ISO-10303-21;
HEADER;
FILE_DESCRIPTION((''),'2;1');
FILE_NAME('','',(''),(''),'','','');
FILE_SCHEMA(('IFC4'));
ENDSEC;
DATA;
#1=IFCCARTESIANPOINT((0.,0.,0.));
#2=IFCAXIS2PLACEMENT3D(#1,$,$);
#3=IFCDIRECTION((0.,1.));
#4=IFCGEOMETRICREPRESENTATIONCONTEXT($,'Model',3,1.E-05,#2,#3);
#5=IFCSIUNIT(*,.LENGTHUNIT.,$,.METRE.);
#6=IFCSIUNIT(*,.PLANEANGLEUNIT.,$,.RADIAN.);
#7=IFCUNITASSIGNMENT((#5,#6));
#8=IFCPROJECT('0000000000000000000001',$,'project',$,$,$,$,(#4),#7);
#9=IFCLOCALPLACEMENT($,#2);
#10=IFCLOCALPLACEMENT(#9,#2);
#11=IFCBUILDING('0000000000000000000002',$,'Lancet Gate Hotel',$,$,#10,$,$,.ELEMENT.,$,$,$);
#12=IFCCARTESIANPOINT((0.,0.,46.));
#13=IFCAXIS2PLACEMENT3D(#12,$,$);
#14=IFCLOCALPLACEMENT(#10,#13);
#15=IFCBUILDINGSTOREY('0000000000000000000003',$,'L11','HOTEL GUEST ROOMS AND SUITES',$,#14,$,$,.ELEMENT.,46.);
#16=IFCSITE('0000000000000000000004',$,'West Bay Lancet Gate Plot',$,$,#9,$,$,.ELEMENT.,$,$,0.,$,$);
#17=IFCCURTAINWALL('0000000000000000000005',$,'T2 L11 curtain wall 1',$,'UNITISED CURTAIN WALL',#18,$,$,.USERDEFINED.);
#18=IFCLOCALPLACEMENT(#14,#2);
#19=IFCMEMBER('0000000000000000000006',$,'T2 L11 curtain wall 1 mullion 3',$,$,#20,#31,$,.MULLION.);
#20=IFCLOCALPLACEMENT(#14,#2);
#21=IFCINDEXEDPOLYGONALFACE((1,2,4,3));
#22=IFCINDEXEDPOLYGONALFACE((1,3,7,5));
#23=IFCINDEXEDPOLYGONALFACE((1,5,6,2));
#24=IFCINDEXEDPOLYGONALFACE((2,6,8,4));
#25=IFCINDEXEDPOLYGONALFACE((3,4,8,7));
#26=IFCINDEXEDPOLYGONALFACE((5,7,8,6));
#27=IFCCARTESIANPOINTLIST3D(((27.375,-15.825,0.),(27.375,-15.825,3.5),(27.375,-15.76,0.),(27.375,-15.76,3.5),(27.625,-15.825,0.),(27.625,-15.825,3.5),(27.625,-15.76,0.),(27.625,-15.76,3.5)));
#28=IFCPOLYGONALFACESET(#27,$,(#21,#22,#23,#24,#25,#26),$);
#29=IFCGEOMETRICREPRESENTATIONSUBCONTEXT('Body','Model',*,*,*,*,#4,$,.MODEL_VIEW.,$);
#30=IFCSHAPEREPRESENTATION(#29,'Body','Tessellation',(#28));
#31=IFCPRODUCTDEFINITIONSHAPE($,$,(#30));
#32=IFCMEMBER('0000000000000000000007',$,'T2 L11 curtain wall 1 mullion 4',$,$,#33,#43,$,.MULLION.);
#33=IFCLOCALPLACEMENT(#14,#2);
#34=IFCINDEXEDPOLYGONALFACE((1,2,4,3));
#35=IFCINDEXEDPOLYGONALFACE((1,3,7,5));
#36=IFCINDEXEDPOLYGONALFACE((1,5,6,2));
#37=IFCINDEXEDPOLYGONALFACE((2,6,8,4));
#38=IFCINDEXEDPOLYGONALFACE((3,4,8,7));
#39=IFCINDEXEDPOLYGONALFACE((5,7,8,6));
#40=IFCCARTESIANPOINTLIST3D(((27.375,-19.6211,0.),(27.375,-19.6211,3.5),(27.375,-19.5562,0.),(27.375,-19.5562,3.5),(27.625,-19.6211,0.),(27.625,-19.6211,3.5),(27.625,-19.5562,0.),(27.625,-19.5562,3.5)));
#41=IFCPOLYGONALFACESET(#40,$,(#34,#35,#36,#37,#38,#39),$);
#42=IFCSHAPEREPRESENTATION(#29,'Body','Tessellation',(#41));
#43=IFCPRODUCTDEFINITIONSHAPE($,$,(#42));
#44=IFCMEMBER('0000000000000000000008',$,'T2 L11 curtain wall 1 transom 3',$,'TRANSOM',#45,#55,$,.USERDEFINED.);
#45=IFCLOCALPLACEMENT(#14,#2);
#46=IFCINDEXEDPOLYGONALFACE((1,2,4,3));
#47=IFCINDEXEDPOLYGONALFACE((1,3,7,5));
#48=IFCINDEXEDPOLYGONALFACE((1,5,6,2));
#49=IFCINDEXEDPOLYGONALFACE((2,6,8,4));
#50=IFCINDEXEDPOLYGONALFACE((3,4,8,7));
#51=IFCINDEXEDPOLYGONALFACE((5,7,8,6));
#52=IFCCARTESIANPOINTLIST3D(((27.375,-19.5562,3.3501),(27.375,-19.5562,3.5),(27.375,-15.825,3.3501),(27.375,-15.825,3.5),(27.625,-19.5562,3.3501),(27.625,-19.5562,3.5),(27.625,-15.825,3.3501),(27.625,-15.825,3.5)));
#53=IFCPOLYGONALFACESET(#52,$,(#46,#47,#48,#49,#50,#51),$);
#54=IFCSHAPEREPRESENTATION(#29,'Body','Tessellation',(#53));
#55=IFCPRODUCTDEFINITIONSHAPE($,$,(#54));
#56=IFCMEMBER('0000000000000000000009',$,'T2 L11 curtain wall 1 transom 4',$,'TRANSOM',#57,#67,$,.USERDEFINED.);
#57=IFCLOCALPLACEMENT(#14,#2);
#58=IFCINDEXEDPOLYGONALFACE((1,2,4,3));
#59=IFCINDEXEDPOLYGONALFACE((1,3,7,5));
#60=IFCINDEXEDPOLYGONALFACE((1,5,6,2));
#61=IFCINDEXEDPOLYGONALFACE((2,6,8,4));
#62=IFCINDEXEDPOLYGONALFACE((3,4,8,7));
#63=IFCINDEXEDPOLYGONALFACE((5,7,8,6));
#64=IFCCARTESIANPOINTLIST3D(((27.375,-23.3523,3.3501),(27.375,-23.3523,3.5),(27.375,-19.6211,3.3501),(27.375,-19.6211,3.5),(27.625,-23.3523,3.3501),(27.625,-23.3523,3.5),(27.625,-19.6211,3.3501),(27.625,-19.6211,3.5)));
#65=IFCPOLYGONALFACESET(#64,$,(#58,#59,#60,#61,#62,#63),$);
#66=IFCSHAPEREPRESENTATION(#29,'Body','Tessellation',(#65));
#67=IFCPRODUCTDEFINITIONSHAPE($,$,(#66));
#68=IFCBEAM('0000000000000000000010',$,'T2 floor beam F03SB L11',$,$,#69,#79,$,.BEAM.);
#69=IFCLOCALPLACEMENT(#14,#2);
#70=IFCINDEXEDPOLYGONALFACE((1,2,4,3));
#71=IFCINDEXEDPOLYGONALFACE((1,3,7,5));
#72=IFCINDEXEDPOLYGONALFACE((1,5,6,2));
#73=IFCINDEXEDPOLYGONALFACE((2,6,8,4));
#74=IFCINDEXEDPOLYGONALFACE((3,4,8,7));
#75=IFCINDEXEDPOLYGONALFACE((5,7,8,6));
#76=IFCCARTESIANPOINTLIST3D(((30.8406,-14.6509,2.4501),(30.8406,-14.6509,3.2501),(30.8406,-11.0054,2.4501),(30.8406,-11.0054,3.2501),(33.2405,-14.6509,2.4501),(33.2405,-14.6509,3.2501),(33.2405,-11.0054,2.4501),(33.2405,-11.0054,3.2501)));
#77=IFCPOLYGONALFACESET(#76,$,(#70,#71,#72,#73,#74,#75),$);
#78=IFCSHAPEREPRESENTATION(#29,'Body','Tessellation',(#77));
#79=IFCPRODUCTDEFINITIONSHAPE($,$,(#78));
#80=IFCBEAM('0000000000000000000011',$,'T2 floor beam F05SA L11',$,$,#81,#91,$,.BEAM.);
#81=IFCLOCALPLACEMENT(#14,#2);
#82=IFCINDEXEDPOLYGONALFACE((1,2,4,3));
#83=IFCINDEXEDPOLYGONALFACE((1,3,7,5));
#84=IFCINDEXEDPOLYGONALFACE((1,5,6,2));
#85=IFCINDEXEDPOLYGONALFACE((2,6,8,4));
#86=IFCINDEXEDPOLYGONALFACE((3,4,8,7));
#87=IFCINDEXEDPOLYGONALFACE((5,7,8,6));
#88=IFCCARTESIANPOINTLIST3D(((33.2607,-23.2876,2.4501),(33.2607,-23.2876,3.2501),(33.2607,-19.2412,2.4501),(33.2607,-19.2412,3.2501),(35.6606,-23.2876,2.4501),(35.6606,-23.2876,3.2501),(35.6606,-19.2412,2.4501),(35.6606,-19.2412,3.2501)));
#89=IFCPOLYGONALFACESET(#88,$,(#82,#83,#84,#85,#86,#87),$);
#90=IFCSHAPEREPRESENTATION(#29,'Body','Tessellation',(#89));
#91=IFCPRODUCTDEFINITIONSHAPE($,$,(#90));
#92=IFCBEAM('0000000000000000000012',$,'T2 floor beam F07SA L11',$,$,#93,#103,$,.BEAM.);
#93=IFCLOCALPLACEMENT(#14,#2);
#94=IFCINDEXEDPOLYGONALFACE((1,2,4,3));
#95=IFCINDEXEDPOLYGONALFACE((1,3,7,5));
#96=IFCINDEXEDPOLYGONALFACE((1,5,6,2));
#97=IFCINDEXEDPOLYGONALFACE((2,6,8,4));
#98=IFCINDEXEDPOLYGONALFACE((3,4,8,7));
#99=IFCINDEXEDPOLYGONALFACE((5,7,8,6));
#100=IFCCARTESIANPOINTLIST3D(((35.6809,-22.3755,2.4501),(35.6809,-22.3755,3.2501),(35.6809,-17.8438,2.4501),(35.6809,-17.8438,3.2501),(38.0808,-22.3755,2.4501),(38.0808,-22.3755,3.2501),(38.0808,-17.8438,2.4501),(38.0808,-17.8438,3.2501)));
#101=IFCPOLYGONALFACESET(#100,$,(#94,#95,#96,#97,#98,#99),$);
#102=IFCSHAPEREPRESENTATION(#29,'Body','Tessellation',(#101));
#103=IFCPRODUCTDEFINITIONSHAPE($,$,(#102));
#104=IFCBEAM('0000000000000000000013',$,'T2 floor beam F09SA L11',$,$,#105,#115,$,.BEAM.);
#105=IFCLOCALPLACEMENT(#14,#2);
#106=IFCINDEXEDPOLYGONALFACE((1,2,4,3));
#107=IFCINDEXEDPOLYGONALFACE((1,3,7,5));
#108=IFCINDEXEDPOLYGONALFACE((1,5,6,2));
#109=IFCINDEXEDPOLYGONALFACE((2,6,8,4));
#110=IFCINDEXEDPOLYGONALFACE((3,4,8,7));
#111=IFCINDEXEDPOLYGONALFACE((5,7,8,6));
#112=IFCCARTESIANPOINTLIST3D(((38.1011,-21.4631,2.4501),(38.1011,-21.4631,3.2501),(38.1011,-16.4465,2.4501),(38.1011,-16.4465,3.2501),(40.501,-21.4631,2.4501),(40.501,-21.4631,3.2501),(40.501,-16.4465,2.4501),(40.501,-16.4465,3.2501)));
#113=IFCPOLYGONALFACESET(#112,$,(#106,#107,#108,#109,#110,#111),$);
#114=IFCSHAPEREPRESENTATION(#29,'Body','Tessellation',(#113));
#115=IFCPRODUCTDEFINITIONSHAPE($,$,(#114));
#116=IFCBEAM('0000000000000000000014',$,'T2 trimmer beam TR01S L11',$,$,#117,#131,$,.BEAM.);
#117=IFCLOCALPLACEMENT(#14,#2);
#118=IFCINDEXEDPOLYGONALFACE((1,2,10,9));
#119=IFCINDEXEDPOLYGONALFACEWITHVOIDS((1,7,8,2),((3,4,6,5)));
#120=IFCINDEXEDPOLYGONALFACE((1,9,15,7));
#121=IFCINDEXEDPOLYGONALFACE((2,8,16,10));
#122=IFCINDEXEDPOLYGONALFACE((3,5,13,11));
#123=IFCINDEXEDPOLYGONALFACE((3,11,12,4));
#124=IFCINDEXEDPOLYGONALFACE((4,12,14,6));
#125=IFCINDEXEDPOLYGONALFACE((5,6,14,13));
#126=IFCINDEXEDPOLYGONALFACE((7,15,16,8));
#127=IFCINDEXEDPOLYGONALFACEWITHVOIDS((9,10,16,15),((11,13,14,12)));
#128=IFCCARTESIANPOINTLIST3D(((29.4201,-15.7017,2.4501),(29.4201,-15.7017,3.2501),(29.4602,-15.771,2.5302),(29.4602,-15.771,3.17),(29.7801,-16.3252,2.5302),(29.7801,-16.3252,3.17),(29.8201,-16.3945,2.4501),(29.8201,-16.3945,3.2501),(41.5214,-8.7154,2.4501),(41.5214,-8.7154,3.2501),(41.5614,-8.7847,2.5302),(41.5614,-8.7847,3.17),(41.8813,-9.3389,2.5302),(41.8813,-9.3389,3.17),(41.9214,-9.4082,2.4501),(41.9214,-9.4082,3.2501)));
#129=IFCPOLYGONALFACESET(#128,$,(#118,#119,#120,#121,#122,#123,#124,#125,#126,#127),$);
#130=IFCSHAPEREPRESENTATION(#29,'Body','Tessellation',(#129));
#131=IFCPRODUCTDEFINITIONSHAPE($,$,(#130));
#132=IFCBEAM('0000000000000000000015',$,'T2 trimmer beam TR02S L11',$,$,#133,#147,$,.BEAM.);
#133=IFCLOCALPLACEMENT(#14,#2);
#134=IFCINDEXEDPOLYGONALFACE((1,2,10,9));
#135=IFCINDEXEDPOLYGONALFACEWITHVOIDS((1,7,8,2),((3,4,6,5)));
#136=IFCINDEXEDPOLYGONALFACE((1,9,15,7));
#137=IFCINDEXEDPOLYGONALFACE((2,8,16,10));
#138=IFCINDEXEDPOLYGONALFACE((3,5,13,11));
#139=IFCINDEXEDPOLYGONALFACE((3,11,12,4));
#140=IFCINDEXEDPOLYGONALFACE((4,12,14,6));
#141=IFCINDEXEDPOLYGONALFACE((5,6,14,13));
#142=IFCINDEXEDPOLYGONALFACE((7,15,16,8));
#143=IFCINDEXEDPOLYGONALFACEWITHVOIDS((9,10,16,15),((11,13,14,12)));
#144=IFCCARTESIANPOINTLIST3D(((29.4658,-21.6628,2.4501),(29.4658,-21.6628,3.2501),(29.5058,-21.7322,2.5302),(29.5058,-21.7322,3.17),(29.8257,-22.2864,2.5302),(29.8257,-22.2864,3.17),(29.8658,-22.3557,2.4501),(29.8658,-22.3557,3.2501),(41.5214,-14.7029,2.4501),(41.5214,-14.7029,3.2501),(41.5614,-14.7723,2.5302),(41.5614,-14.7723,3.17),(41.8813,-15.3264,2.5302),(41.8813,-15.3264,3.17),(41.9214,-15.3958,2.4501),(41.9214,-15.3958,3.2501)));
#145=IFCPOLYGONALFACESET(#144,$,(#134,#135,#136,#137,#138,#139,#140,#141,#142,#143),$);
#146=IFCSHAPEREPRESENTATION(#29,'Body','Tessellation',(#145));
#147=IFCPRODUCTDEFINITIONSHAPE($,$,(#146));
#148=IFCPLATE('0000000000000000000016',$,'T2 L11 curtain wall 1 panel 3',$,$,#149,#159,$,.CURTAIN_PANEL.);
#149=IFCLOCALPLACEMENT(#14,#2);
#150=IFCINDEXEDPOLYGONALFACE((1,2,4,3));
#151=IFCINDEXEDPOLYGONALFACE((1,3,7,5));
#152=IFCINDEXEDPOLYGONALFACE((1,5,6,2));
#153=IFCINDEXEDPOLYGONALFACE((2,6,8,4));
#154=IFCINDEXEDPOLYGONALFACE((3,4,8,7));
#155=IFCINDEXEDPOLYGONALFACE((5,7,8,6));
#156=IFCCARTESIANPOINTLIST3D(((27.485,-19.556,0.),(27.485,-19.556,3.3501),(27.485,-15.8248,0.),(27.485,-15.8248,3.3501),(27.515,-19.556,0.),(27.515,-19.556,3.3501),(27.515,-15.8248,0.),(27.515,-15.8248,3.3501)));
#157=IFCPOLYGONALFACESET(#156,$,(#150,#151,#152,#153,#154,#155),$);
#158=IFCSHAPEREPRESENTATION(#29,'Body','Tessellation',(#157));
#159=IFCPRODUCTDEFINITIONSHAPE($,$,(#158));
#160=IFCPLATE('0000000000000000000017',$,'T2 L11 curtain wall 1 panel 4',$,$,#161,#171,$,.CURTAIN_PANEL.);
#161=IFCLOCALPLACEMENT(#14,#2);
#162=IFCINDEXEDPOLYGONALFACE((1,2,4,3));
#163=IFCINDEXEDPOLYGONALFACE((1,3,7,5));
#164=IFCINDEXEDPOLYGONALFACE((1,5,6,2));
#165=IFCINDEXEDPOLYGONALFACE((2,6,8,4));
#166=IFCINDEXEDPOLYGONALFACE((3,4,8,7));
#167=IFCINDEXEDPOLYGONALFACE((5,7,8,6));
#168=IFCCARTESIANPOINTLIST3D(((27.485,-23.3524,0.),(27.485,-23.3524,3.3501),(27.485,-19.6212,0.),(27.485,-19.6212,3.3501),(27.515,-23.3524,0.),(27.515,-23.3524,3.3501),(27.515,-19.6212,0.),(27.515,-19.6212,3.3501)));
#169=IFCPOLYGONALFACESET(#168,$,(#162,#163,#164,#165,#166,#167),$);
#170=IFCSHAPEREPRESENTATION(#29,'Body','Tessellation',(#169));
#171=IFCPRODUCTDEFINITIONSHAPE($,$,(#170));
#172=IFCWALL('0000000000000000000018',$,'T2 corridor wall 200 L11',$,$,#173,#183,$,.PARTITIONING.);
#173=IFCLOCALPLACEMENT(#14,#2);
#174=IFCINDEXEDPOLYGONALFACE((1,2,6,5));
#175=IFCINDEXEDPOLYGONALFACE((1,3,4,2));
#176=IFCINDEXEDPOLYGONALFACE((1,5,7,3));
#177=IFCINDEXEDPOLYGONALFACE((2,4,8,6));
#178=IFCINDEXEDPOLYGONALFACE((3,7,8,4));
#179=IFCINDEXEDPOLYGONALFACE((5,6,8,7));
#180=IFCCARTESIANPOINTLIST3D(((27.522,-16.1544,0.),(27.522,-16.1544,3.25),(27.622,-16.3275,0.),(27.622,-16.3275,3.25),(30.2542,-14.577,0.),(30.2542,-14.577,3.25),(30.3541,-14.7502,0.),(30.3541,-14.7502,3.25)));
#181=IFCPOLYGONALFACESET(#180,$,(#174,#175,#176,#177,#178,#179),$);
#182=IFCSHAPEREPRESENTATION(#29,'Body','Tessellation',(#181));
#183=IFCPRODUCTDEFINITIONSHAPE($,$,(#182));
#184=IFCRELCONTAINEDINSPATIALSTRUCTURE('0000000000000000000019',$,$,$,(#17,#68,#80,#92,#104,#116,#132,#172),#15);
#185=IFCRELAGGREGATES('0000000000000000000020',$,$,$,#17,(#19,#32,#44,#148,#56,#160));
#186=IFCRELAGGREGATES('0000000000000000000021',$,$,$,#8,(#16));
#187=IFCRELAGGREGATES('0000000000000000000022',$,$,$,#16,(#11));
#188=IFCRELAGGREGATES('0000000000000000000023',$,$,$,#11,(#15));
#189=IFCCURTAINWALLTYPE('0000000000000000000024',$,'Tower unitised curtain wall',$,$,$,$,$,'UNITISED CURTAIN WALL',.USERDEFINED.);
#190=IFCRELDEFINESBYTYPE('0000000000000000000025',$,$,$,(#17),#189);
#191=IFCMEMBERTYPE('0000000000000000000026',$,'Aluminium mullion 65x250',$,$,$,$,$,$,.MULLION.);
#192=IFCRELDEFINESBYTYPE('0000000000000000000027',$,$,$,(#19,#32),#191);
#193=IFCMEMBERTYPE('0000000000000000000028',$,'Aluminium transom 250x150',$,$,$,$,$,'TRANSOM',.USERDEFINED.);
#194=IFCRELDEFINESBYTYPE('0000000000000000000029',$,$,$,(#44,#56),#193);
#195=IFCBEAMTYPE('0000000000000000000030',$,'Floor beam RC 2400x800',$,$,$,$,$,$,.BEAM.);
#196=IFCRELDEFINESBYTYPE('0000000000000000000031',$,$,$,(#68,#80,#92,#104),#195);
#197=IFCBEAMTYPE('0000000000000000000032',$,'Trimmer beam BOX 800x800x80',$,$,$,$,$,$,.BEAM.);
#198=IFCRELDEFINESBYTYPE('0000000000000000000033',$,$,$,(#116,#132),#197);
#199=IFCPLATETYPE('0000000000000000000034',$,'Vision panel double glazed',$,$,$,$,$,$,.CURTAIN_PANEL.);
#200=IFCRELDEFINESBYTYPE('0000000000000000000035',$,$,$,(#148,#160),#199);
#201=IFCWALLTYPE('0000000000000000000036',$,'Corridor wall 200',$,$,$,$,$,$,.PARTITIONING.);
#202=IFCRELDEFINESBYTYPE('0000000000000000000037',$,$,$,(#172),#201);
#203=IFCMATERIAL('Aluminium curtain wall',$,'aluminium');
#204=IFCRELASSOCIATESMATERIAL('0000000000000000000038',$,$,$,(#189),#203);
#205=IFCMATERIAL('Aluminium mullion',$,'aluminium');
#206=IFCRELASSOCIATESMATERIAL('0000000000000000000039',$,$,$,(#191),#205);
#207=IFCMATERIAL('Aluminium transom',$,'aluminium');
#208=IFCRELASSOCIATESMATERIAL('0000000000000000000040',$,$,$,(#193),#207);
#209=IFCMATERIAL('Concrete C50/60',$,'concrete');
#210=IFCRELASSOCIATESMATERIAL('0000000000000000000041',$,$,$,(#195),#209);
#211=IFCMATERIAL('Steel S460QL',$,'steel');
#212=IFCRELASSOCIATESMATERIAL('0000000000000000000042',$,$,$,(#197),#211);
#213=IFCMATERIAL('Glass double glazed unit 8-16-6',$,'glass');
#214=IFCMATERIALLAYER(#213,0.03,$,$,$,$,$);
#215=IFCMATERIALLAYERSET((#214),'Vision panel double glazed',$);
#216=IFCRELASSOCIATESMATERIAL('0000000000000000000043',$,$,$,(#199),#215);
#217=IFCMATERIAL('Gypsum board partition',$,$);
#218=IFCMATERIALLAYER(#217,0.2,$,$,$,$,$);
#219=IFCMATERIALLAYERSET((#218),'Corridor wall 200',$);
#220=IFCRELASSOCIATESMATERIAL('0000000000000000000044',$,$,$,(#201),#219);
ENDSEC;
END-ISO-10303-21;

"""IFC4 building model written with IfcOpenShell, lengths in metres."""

from ifc_helpers import new_model, si_unit, direction, frame, frame_2d, origin, origin_2d, place, context, subcontext, project, spatial, rectangle, hollow_rectangle, extrude, material, layer, layer_set, material_profile, profile_set, type_object, element, aggregate, save


model = new_model("IFC4")

# Units and contexts
model_context = context("Model", 3, precision=1e-05, world=origin(), true_north=direction((0.0, 1.0)))
body_context = subcontext(model_context, "Body", "Model", "MODEL_VIEW")
ifc_project = project(units=[si_unit("LENGTHUNIT", "METRE"), si_unit("PLANEANGLEUNIT", "RADIAN")], contexts=[model_context])

# Site, building, storey
site_placement = place(None, origin())
site = spatial("IfcSite", under=ifc_project, at=site_placement, Name="West Bay Lancet Gate Plot", CompositionType="ELEMENT", RefElevation=0.0)
building_placement = place(site_placement, origin())
building = spatial("IfcBuilding", under=site, at=building_placement, Name="Lancet Gate Hotel", CompositionType="ELEMENT")
storey_placement = place(building_placement, frame((0.0, 0.0, 46.0)))
storey = spatial("IfcBuildingStorey", under=building, at=storey_placement, Name="L11", Description="HOTEL GUEST ROOMS AND SUITES", CompositionType="ELEMENT", Elevation=46.0)

# Curtain wall, members
ifc_material_1 = material(Name="Aluminium curtain wall", Category="aluminium")
curtain_wall_type = type_object("IfcCurtainWallType", Name="Tower unitised curtain wall", ElementType="UNITISED CURTAIN WALL", PredefinedType="USERDEFINED", material=ifc_material_1)
curtain_wall_placement = place(storey_placement, origin())
curtain_wall = element("IfcCurtainWall", 1, at=curtain_wall_placement, inside=storey, type_object=curtain_wall_type, Name="T2 L11 curtain wall 1", ObjectType="UNITISED CURTAIN WALL", PredefinedType="USERDEFINED")
ifc_material_2 = material(Name="Aluminium mullion", Category="aluminium")
ifc_material_profile_1 = material_profile(ifc_material_2, rectangle(XDim=0.0649, YDim=0.25, at=origin_2d()), Name="MULLION 65x250")
ifc_profile_set_1 = profile_set([ifc_material_profile_1], Name="Aluminium mullion")
member_type_1 = type_object("IfcMemberType", Name="Aluminium mullion 65x250", PredefinedType="MULLION", material=ifc_profile_set_1)
member_1_placement = place(storey_placement, frame((27.5, -15.7925, 0.0), z_axis=(0.0, 0.0, 1.0), x_axis=(0.0, -1.0, 0.0)))
member_1 = element("IfcMember", 2, at=member_1_placement, type_object=member_type_1, Name="T2 L11 curtain wall 1 mullion 3", PredefinedType="MULLION", context=body_context, shape_type="SweptSolid", body=[
    extrude(rectangle(XDim=0.0649, YDim=0.25, at=origin_2d()), origin(), (0.0, 0.0, 1.0), 3.5),
])
member_2_placement = place(storey_placement, frame((27.5, -19.5886, 0.0), z_axis=(0.0, 0.0, 1.0), x_axis=(0.0, -1.0, 0.0)))
member_2 = element("IfcMember", 3, at=member_2_placement, type_object=member_type_1, Name="T2 L11 curtain wall 1 mullion 4", PredefinedType="MULLION", context=body_context, shape_type="SweptSolid", body=[
    extrude(rectangle(XDim=0.0649, YDim=0.25, at=origin_2d()), origin(), (0.0, 0.0, 1.0), 3.5),
])
ifc_material_3 = material(Name="Aluminium transom", Category="aluminium")
ifc_material_profile_2 = material_profile(ifc_material_3, rectangle(XDim=0.25, YDim=0.1499, at=origin_2d()), Name="TRANSOM 250x150")
ifc_profile_set_2 = profile_set([ifc_material_profile_2], Name="Aluminium transom")
member_type_2 = type_object("IfcMemberType", Name="Aluminium transom 250x150", ElementType="TRANSOM", PredefinedType="USERDEFINED", material=ifc_profile_set_2)
member_3_placement = place(storey_placement, frame((27.5, -15.825, 3.425), z_axis=(0.0, -1.0, 0.0), x_axis=(1.0, 0.0, 0.0)))
member_3 = element("IfcMember", 4, at=member_3_placement, type_object=member_type_2, Name="T2 L11 curtain wall 1 transom 3", ObjectType="TRANSOM", PredefinedType="USERDEFINED", context=body_context, shape_type="SweptSolid", body=[
    extrude(rectangle(XDim=0.25, YDim=0.1499, at=origin_2d()), origin(), (0.0, 0.0, 1.0), 3.7312),
])
member_4_placement = place(storey_placement, frame((27.5, -19.6211, 3.425), z_axis=(0.0, -1.0, 0.0), x_axis=(1.0, 0.0, 0.0)))
member_4 = element("IfcMember", 5, at=member_4_placement, type_object=member_type_2, Name="T2 L11 curtain wall 1 transom 4", ObjectType="TRANSOM", PredefinedType="USERDEFINED", context=body_context, shape_type="SweptSolid", body=[
    extrude(rectangle(XDim=0.25, YDim=0.1499, at=origin_2d()), origin(), (0.0, 0.0, 1.0), 3.7312),
])

# Beams
ifc_material_4 = material(Name="Concrete C50/60", Category="concrete")
ifc_material_profile_3 = material_profile(ifc_material_4, rectangle(XDim=2.3999, YDim=0.8, at=origin_2d()), Name="RC 2400x800")
ifc_profile_set_3 = profile_set([ifc_material_profile_3], Name="Concrete C50/60")
beam_type_1 = type_object("IfcBeamType", Name="Floor beam RC 2400x800", PredefinedType="BEAM", material=ifc_profile_set_3)
beam_1_placement = place(storey_placement, frame((32.0405, -14.6509, 2.8501), z_axis=(0.0, 1.0, 0.0), x_axis=(-1.0, 0.0, 0.0)))
element("IfcBeam", 6, at=beam_1_placement, inside=storey, type_object=beam_type_1, Name="T2 floor beam F03SB L11", PredefinedType="BEAM", context=body_context, shape_type="SweptSolid", body=[
    extrude(rectangle(XDim=2.3999, YDim=0.8, at=origin_2d()), origin(), (0.0, 0.0, 1.0), 3.6455),
])
beam_2_placement = place(storey_placement, frame((34.4607, -23.2876, 2.8501), z_axis=(0.0, 1.0, 0.0), x_axis=(-1.0, 0.0, 0.0)))
element("IfcBeam", 7, at=beam_2_placement, inside=storey, type_object=beam_type_1, Name="T2 floor beam F05SA L11", PredefinedType="BEAM", context=body_context, shape_type="SweptSolid", body=[
    extrude(rectangle(XDim=2.3999, YDim=0.8, at=origin_2d()), origin(), (0.0, 0.0, 1.0), 4.0464),
])
beam_3_placement = place(storey_placement, frame((36.8809, -22.3755, 2.8501), z_axis=(0.0, 1.0, 0.0), x_axis=(-1.0, 0.0, 0.0)))
element("IfcBeam", 8, at=beam_3_placement, inside=storey, type_object=beam_type_1, Name="T2 floor beam F07SA L11", PredefinedType="BEAM", context=body_context, shape_type="SweptSolid", body=[
    extrude(rectangle(XDim=2.3999, YDim=0.8, at=origin_2d()), origin(), (0.0, 0.0, 1.0), 4.5317),
])
beam_4_placement = place(storey_placement, frame((39.301, -21.4631, 2.8501), z_axis=(0.0, 1.0, 0.0), x_axis=(-1.0, 0.0, 0.0)))
element("IfcBeam", 9, at=beam_4_placement, inside=storey, type_object=beam_type_1, Name="T2 floor beam F09SA L11", PredefinedType="BEAM", context=body_context, shape_type="SweptSolid", body=[
    extrude(rectangle(XDim=2.3999, YDim=0.8, at=origin_2d()), origin(), (0.0, 0.0, 1.0), 5.0166),
])
ifc_material_5 = material(Name="Steel S460QL", Category="steel")
ifc_material_profile_4 = material_profile(ifc_material_5, hollow_rectangle(XDim=0.8, YDim=0.8, WallThickness=0.0801, at=origin_2d()), Name="BOX 800x800x80")
ifc_profile_set_4 = profile_set([ifc_material_profile_4], Name="Steel S460QL")
beam_type_2 = type_object("IfcBeamType", Name="Trimmer beam BOX 800x800x80", PredefinedType="BEAM", material=ifc_profile_set_4)
beam_5_placement = place(storey_placement, frame((29.6201, -16.0481, 2.8501), z_axis=(0.866037, 0.49998, 0.0), x_axis=(-0.49998, 0.866037, 0.0)))
element("IfcBeam", 10, at=beam_5_placement, inside=storey, type_object=beam_type_2, Name="T2 trimmer beam TR01S L11", PredefinedType="BEAM", context=body_context, shape_type="SweptSolid", body=[
    extrude(hollow_rectangle(XDim=0.8, YDim=0.8, WallThickness=0.0801, at=origin_2d()), origin(), (0.0, 0.0, 1.0), 13.9731),
])
beam_6_placement = place(storey_placement, frame((29.6658, -22.0093, 2.8501), z_axis=(0.866037, 0.49998, 0.0), x_axis=(-0.49998, 0.866037, 0.0)))
element("IfcBeam", 11, at=beam_6_placement, inside=storey, type_object=beam_type_2, Name="T2 trimmer beam TR02S L11", PredefinedType="BEAM", context=body_context, shape_type="SweptSolid", body=[
    extrude(hollow_rectangle(XDim=0.8, YDim=0.8, WallThickness=0.0801, at=origin_2d()), origin(), (0.0, 0.0, 1.0), 13.9204),
])

# Plates
ifc_material_6 = material(Name="Glass double glazed unit 8-16-6", Category="glass")
ifc_layer_1 = layer(ifc_material_6, 0.03)
ifc_layer_set_1 = layer_set([ifc_layer_1], Name="Vision panel double glazed")
plate_type = type_object("IfcPlateType", Name="Vision panel double glazed", PredefinedType="CURTAIN_PANEL", material=ifc_layer_set_1)
plate_1_placement = place(storey_placement, frame((27.5, -17.6904, 0.0), z_axis=(0.0, 0.0, 1.0), x_axis=(0.0, -1.0, 0.0)))
plate_1 = element("IfcPlate", 12, at=plate_1_placement, type_object=plate_type, Name="T2 L11 curtain wall 1 panel 3", PredefinedType="CURTAIN_PANEL", context=body_context, shape_type="SweptSolid", body=[
    extrude(rectangle(XDim=3.7312, YDim=0.03, at=origin_2d()), origin(), (0.0, 0.0, 1.0), 3.3501),
])
plate_2_placement = place(storey_placement, frame((27.5, -21.4868, 0.0), z_axis=(0.0, 0.0, 1.0), x_axis=(0.0, -1.0, 0.0)))
plate_2 = element("IfcPlate", 13, at=plate_2_placement, type_object=plate_type, Name="T2 L11 curtain wall 1 panel 4", PredefinedType="CURTAIN_PANEL", context=body_context, shape_type="SweptSolid", body=[
    extrude(rectangle(XDim=3.7312, YDim=0.03, at=origin_2d()), origin(), (0.0, 0.0, 1.0), 3.3501),
])
aggregate(curtain_wall, [member_1, member_2, member_3, plate_1, member_4, plate_2])

# Wall
ifc_material_7 = material(Name="Gypsum board partition")
ifc_layer_2 = layer(ifc_material_7, 0.2)
ifc_layer_set_2 = layer_set([ifc_layer_2], Name="Corridor wall 200")
wall_type_1 = type_object("IfcWallType", Name="Corridor wall 200", PredefinedType="PARTITIONING", material=ifc_layer_set_2)
wall_1_placement = place(storey_placement, frame((27.572, -16.241, 0.0), z_axis=(0.0, 0.0, 1.0), x_axis=(0.86603, 0.499993, 0.0)))
element("IfcWall", 14, at=wall_1_placement, inside=storey, type_object=wall_type_1, Name="T2 corridor wall 200 L11", PredefinedType="PARTITIONING", context=body_context, shape_type="SweptSolid", body=[
    extrude(rectangle(XDim=3.1548, YDim=0.2, at=frame_2d((1.5774, 0.0))), origin(), (0.0, 0.0, 1.0), 3.25),
])

save(model, "model.ifc")
